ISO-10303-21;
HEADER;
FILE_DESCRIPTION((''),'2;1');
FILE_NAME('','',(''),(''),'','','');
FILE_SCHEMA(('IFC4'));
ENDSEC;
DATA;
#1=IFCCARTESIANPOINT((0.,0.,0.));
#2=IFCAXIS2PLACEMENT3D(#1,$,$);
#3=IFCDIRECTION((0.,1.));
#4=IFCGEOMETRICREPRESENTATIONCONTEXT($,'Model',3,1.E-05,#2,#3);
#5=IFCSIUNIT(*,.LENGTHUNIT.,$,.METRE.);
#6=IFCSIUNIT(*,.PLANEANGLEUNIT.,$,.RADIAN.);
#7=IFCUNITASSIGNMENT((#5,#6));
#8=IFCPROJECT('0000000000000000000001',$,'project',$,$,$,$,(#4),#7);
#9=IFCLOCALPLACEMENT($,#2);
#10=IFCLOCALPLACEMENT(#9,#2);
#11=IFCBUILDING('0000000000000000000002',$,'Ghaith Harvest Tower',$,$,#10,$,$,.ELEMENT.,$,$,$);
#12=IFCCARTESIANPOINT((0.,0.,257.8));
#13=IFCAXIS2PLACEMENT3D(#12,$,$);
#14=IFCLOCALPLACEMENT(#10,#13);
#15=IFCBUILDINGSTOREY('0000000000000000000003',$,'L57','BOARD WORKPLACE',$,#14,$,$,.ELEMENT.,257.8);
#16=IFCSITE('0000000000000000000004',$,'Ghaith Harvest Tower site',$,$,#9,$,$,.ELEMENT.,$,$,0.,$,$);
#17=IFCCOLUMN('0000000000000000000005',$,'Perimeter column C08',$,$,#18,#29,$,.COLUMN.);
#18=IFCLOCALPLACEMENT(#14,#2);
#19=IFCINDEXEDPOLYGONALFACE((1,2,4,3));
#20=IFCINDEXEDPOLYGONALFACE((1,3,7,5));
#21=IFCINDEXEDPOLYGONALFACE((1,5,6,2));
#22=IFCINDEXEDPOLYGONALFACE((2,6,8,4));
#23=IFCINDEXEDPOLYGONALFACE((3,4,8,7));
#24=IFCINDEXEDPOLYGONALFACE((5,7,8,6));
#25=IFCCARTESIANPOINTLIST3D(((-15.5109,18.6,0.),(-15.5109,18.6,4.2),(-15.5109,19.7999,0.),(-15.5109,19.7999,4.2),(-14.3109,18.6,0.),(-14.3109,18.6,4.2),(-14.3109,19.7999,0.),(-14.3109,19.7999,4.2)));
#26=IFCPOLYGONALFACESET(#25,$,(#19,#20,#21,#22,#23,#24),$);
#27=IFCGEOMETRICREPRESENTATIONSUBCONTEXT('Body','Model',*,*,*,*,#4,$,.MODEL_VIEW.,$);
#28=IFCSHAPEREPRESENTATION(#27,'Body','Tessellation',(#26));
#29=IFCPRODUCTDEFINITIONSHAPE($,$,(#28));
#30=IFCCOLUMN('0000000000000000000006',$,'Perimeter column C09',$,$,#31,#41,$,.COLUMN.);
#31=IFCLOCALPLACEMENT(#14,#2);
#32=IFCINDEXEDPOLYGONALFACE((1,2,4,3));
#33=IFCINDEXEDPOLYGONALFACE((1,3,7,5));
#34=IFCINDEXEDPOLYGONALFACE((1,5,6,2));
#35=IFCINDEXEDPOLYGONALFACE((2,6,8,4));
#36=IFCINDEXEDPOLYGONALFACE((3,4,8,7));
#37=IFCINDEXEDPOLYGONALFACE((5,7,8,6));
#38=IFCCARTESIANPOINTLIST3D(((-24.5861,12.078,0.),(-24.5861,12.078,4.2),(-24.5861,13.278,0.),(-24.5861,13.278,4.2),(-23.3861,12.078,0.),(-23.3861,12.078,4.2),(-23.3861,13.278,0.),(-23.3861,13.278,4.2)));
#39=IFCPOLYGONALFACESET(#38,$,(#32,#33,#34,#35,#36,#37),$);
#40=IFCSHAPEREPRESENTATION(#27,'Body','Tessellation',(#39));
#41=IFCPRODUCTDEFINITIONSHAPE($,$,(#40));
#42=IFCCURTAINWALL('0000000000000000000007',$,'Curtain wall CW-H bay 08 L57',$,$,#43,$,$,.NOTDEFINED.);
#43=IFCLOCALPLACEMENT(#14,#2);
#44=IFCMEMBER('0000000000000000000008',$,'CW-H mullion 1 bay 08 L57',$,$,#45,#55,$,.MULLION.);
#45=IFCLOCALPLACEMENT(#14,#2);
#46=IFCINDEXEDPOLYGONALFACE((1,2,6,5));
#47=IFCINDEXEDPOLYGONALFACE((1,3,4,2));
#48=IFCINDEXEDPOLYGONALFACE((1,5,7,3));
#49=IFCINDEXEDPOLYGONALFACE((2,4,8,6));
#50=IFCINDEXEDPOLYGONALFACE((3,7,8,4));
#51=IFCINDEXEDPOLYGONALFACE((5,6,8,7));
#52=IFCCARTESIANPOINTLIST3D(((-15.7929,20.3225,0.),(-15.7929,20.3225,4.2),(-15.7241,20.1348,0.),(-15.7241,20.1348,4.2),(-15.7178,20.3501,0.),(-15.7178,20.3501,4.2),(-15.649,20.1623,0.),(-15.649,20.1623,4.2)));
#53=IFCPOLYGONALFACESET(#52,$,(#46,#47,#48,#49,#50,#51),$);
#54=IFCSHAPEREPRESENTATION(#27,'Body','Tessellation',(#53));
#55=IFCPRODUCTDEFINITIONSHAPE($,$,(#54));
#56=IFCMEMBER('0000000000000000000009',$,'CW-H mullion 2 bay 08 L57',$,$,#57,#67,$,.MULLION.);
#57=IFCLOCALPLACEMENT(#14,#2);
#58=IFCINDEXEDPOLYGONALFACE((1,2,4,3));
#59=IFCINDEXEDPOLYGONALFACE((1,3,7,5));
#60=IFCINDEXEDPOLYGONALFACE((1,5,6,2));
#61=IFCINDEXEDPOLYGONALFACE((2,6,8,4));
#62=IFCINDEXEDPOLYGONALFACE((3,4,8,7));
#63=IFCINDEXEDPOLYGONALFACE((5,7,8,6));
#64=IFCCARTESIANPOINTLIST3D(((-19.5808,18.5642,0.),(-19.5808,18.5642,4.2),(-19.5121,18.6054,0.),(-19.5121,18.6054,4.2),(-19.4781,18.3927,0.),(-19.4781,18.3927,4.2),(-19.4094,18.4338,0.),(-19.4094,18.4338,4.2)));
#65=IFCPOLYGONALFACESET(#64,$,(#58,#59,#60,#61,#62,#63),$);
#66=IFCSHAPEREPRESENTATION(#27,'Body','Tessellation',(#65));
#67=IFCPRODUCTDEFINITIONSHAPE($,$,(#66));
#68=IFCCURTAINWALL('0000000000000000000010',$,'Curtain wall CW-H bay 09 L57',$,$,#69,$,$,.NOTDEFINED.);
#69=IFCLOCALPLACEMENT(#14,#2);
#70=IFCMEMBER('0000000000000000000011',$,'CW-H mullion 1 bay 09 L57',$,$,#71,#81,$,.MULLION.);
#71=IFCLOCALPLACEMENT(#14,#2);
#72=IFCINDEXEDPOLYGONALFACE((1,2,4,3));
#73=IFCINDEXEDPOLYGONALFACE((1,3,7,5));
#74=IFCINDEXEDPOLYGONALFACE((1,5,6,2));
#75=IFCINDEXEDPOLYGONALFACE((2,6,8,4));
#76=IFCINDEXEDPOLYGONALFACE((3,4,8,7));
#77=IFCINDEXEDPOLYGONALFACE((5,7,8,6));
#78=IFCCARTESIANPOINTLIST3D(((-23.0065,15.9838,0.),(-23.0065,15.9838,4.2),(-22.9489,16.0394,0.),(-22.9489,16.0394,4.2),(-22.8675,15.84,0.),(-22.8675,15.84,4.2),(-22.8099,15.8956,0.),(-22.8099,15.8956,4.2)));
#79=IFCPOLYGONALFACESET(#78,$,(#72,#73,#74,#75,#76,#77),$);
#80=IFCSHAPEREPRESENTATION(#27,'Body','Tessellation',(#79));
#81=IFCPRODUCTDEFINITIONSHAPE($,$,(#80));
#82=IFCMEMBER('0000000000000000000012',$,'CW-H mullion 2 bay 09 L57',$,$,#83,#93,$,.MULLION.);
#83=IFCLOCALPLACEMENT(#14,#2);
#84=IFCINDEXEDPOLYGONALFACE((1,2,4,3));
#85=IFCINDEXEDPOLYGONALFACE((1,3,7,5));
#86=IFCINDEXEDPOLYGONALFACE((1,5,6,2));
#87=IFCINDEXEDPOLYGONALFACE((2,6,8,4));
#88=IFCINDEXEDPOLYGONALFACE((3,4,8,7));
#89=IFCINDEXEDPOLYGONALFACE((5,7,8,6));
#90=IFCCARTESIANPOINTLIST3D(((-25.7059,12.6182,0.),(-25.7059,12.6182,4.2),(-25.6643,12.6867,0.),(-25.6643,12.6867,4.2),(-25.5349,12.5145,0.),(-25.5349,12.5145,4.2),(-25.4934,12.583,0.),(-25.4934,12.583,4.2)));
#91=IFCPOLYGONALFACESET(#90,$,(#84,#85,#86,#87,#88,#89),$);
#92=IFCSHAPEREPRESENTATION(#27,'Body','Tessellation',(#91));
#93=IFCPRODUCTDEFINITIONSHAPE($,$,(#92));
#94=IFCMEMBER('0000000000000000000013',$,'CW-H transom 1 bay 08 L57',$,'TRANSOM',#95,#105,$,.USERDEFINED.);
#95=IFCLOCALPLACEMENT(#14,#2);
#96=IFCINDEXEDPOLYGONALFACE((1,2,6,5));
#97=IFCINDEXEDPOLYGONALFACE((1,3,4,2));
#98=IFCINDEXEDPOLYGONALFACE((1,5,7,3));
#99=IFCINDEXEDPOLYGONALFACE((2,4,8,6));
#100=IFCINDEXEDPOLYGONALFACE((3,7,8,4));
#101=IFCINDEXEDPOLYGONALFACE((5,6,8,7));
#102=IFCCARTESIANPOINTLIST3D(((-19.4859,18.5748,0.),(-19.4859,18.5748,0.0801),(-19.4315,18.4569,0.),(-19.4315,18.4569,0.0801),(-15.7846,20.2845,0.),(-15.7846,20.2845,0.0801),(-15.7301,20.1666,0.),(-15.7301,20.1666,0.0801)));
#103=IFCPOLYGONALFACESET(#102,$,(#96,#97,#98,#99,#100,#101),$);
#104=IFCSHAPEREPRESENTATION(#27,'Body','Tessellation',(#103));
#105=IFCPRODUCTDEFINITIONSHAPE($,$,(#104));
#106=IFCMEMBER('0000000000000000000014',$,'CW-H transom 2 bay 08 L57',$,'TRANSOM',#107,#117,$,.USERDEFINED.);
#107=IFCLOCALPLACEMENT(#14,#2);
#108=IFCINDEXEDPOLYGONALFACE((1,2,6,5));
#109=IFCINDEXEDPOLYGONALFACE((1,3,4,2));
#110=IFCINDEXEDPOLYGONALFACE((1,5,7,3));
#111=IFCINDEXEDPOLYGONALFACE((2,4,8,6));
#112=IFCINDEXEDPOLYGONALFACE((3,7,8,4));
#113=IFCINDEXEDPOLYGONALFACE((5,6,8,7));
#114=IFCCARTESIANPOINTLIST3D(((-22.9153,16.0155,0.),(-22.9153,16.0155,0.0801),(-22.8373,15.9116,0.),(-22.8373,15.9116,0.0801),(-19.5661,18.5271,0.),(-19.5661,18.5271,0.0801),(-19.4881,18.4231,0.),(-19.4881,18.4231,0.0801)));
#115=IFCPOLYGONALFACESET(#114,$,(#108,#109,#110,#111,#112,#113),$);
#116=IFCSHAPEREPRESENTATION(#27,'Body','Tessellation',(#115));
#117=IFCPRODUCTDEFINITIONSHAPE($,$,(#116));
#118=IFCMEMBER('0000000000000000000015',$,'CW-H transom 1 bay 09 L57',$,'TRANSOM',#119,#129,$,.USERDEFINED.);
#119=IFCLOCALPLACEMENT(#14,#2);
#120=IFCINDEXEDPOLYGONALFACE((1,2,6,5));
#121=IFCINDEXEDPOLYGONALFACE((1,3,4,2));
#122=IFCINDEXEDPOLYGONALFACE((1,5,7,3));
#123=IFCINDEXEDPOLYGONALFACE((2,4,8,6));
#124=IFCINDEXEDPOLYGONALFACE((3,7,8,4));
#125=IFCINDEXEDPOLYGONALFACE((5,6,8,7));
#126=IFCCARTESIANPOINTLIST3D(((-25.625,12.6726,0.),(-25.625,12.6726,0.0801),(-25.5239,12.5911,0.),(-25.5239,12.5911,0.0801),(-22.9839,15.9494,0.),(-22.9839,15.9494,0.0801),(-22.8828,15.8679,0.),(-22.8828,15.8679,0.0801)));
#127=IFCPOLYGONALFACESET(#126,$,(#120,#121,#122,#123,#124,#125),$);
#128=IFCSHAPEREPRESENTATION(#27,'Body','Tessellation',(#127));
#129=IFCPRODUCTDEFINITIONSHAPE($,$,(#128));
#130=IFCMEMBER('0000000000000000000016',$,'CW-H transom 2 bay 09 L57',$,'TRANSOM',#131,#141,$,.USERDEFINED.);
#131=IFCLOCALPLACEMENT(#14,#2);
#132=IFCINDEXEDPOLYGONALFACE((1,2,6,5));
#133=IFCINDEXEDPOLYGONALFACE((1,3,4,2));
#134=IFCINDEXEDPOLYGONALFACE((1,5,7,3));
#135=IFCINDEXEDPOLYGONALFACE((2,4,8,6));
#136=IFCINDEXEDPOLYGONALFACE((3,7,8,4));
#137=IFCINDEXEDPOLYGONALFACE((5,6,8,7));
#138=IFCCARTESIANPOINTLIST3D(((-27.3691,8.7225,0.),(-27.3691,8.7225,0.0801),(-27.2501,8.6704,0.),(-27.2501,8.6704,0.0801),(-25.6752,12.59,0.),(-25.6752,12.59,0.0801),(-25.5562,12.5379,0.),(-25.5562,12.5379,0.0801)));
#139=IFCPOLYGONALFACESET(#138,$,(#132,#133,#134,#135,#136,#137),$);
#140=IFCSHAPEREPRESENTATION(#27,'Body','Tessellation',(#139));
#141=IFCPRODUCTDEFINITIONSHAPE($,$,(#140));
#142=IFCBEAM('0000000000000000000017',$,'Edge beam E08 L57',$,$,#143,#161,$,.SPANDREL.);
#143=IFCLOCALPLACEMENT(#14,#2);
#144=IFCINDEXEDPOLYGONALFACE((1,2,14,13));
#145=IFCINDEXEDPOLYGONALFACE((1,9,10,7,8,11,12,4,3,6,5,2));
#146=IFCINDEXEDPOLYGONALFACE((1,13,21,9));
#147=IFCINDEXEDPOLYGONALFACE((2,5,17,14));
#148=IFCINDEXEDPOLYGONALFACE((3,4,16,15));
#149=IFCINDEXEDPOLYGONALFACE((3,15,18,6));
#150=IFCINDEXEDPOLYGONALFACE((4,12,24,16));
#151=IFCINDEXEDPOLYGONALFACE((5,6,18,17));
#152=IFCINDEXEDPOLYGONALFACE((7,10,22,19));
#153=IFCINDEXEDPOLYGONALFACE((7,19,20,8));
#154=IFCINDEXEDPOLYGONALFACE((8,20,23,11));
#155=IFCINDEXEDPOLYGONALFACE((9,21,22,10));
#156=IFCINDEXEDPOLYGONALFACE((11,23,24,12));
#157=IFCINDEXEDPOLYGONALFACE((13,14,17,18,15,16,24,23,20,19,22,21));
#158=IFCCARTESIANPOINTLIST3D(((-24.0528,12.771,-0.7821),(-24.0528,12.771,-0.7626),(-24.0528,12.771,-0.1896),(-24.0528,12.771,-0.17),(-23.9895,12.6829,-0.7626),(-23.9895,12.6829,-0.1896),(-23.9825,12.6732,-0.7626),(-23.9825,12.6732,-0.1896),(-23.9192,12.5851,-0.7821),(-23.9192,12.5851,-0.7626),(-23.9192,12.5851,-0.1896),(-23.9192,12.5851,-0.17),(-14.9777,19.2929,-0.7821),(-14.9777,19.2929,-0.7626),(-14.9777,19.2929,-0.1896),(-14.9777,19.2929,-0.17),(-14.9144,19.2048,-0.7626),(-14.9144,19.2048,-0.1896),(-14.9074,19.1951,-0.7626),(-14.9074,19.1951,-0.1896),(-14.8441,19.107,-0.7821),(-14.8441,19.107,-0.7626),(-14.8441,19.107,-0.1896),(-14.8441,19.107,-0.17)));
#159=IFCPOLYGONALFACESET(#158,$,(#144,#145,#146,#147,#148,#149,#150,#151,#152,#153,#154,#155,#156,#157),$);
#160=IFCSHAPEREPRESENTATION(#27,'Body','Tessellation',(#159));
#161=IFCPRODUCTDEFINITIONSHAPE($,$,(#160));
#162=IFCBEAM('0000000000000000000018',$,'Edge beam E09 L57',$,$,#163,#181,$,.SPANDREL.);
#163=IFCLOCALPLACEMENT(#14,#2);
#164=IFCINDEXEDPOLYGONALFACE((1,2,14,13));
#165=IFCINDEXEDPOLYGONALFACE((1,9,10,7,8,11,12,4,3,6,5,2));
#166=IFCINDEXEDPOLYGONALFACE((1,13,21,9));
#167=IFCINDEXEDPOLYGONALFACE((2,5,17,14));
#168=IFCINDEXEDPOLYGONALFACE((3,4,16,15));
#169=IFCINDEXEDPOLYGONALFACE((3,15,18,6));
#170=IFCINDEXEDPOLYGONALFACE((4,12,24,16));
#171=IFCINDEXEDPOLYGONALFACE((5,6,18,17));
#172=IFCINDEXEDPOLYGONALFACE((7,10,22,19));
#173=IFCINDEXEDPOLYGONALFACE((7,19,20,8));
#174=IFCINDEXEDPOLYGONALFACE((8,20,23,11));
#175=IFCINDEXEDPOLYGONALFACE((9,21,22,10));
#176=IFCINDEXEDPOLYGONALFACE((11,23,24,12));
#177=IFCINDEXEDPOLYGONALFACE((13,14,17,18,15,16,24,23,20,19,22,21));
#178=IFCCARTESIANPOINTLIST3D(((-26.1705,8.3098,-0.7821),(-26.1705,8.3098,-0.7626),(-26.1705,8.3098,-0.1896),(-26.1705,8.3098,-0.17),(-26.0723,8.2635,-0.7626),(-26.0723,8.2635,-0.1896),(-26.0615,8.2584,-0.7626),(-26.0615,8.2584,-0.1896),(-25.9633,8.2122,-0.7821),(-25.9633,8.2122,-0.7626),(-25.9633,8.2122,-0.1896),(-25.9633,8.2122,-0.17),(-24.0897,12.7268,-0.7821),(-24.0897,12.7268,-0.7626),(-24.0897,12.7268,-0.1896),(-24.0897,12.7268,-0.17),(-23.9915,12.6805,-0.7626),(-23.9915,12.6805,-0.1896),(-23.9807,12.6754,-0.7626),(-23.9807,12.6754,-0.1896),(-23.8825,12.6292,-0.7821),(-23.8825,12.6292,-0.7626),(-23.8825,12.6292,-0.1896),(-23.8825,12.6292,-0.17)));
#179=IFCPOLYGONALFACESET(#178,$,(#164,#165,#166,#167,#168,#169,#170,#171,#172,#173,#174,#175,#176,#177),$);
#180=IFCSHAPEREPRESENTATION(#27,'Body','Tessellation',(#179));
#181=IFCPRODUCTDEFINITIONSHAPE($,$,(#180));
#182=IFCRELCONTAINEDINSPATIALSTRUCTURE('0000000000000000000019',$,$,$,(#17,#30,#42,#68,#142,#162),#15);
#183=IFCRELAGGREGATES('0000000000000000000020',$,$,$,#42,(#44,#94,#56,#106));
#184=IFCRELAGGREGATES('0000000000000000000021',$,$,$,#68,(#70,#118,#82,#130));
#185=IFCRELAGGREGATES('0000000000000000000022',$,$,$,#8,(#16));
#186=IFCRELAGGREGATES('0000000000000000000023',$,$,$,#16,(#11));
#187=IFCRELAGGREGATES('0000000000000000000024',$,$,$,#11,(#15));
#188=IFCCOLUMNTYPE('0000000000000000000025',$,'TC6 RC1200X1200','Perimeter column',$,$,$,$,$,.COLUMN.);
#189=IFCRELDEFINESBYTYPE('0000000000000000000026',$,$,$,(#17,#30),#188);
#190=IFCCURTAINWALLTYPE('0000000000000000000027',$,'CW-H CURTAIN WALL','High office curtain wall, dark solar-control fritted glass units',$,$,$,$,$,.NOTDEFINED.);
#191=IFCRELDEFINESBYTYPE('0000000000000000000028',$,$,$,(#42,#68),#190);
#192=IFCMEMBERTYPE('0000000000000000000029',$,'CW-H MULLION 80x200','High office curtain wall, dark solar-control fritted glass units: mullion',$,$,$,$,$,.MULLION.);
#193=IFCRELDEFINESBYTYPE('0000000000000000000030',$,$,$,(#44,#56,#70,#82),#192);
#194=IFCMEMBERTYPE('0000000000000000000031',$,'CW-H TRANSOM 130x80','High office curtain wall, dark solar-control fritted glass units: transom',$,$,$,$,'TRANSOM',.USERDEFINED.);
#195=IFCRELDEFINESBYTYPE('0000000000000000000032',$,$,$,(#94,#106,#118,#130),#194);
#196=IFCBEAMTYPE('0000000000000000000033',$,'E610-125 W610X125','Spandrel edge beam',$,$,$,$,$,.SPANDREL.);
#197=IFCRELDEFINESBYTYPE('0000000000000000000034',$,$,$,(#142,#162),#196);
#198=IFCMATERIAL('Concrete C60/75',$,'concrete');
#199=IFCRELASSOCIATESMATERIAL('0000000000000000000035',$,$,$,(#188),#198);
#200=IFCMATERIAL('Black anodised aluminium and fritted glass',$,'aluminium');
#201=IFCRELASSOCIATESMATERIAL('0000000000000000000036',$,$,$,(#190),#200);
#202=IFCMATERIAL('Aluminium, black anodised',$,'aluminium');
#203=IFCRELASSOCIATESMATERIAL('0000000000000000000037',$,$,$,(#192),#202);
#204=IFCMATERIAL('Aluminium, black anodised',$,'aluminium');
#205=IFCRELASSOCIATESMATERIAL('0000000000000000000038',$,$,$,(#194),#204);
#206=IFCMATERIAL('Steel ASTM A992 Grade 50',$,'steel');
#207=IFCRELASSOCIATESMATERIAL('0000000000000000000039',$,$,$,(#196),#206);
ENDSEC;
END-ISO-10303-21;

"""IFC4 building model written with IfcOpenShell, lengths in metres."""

from ifc_helpers import new_model, si_unit, direction, frame, origin, origin_2d, place, context, subcontext, project, spatial, rectangle, i_section, extrude, material, material_profile, profile_set, type_object, element, aggregate, save


model = new_model("IFC4")

# Units and contexts
model_context = context("Model", 3, precision=1e-05, world=origin(), true_north=direction((0.0, 1.0)))
body_context = subcontext(model_context, "Body", "Model", "MODEL_VIEW")
ifc_project = project(units=[si_unit("LENGTHUNIT", "METRE"), si_unit("PLANEANGLEUNIT", "RADIAN")], contexts=[model_context])

# Site, building, storey
site_placement = place(None, origin())
site = spatial("IfcSite", under=ifc_project, at=site_placement, Name="Ghaith Harvest Tower site", CompositionType="ELEMENT", RefElevation=0.0)
building_placement = place(site_placement, origin())
building = spatial("IfcBuilding", under=site, at=building_placement, Name="Ghaith Harvest Tower", CompositionType="ELEMENT")
storey_placement = place(building_placement, frame((0.0, 0.0, 257.8)))
storey = spatial("IfcBuildingStorey", under=building, at=storey_placement, Name="L57", Description="BOARD WORKPLACE", CompositionType="ELEMENT", Elevation=257.8)

# Columns
ifc_material_1 = material(Name="Concrete C60/75", Category="concrete")
ifc_material_profile_1 = material_profile(ifc_material_1, rectangle(XDim=1.2, YDim=1.2, at=origin_2d()), Name="RC1200X1200")
ifc_profile_set_1 = profile_set([ifc_material_profile_1], Name="Concrete C60/75")
column_type = type_object("IfcColumnType", Name="TC6 RC1200X1200", Description="Perimeter column", PredefinedType="COLUMN", material=ifc_profile_set_1)
for number, where, z_axis, x_axis, name in (
    (1, (-14.9109, 19.2, 0.0), (0.0, 0.0, 1.0), (1.0, 0.0, 0.0), "Perimeter column C08"),
    (2, (-23.9861, 12.678, 0.0), (0.0, 0.0, 1.0), (1.0, 0.0, 0.0), "Perimeter column C09"),
):
    element("IfcColumn", number, at=place(storey_placement, frame(where, z_axis=z_axis, x_axis=x_axis)), inside=storey, type_object=column_type, Name=name, PredefinedType="COLUMN", context=body_context, shape_type="SweptSolid", body=[
        extrude(rectangle(XDim=1.2, YDim=1.2, at=origin_2d()), origin(), (0.0, 0.0, 1.0), 4.2),
    ])

# Curtain walls, members
ifc_material_2 = material(Name="Black anodised aluminium and fritted glass", Category="aluminium")
curtain_wall_type = type_object("IfcCurtainWallType", Name="CW-H CURTAIN WALL", Description="High office curtain wall, dark solar-control fritted glass units", PredefinedType="NOTDEFINED", material=ifc_material_2)
curtain_wall_1_placement = place(storey_placement, origin())
curtain_wall_1 = element("IfcCurtainWall", 3, at=curtain_wall_1_placement, inside=storey, type_object=curtain_wall_type, Name="Curtain wall CW-H bay 08 L57", PredefinedType="NOTDEFINED")
ifc_material_3 = material(Name="Aluminium, black anodised", Category="aluminium")
ifc_material_profile_2 = material_profile(ifc_material_3, rectangle(XDim=0.0801, YDim=0.2, at=origin_2d()), Name="CW-H MULLION 80x200")
ifc_profile_set_2 = profile_set([ifc_material_profile_2], Name="Aluminium, black anodised")
member_type_1 = type_object("IfcMemberType", Name="CW-H MULLION 80x200", Description="High office curtain wall, dark solar-control fritted glass units: mullion", PredefinedType="MULLION", material=ifc_profile_set_2)
member_1_placement = place(storey_placement, frame((-15.7209, 20.2424, 0.0), z_axis=(0.0, 0.0, 1.0), x_axis=(-0.938931, -0.344106, 0.0)))
member_1 = element("IfcMember", 4, at=member_1_placement, type_object=member_type_1, Name="CW-H mullion 1 bay 08 L57", PredefinedType="MULLION", context=body_context, shape_type="SweptSolid", body=[
    extrude(rectangle(XDim=0.0801, YDim=0.2, at=origin_2d()), origin(), (0.0, 0.0, 1.0), 4.2),
])
member_2_placement = place(storey_placement, frame((-19.4951, 18.499, 0.0), z_axis=(0.0, 0.0, 1.0), x_axis=(-0.857999, -0.513652, 0.0)))
member_2 = element("IfcMember", 5, at=member_2_placement, type_object=member_type_1, Name="CW-H mullion 2 bay 08 L57", PredefinedType="MULLION", context=body_context, shape_type="SweptSolid", body=[
    extrude(rectangle(XDim=0.0801, YDim=0.2, at=origin_2d()), origin(), (0.0, 0.0, 1.0), 4.2),
])
curtain_wall_2_placement = place(storey_placement, origin())
curtain_wall_2 = element("IfcCurtainWall", 6, at=curtain_wall_2_placement, inside=storey, type_object=curtain_wall_type, Name="Curtain wall CW-H bay 09 L57", PredefinedType="NOTDEFINED")
member_3_placement = place(storey_placement, frame((-22.9082, 15.9397, 0.0), z_axis=(0.0, 0.0, 1.0), x_axis=(-0.719146, -0.694859, 0.0)))
member_3 = element("IfcMember", 7, at=member_3_placement, type_object=member_type_1, Name="CW-H mullion 1 bay 09 L57", PredefinedType="MULLION", context=body_context, shape_type="SweptSolid", body=[
    extrude(rectangle(XDim=0.0801, YDim=0.2, at=origin_2d()), origin(), (0.0, 0.0, 1.0), 4.2),
])
member_4_placement = place(storey_placement, frame((-25.5996, 12.6006, 0.0), z_axis=(0.0, 0.0, 1.0), x_axis=(-0.518769, -0.854914, 0.0)))
member_4 = element("IfcMember", 8, at=member_4_placement, type_object=member_type_1, Name="CW-H mullion 2 bay 09 L57", PredefinedType="MULLION", context=body_context, shape_type="SweptSolid", body=[
    extrude(rectangle(XDim=0.0801, YDim=0.2, at=origin_2d()), origin(), (0.0, 0.0, 1.0), 4.2),
])

# Members
ifc_material_4 = material(Name="Aluminium, black anodised", Category="aluminium")
ifc_material_profile_3 = material_profile(ifc_material_4, rectangle(XDim=0.1299, YDim=0.0801, at=origin_2d()), Name="CW-H TRANSOM 130x80")
ifc_profile_set_3 = profile_set([ifc_material_profile_3], Name="Aluminium, black anodised")
member_type_2 = type_object("IfcMemberType", Name="CW-H TRANSOM 130x80", Description="High office curtain wall, dark solar-control fritted glass units: transom", ElementType="TRANSOM", PredefinedType="USERDEFINED", material=ifc_profile_set_3)
member_5_placement = place(storey_placement, frame((-15.7573, 20.2256, 0.04), z_axis=(-0.907831, -0.419335, 0.0), x_axis=(0.419335, -0.907831, 0.0)))
member_5 = element("IfcMember", 9, at=member_5_placement, type_object=member_type_2, Name="CW-H transom 1 bay 08 L57", ObjectType="TRANSOM", PredefinedType="USERDEFINED", context=body_context, shape_type="SweptSolid", body=[
    extrude(rectangle(XDim=0.1299, YDim=0.0801, at=origin_2d()), origin(), (0.0, 0.0, 1.0), 4.0771),
])
member_6_placement = place(storey_placement, frame((-19.5271, 18.4751, 0.04), z_axis=(-0.800042, -0.599944, 0.0), x_axis=(0.599944, -0.800042, 0.0)))
member_6 = element("IfcMember", 10, at=member_6_placement, type_object=member_type_2, Name="CW-H transom 2 bay 08 L57", ObjectType="TRANSOM", PredefinedType="USERDEFINED", context=body_context, shape_type="SweptSolid", body=[
    extrude(rectangle(XDim=0.1299, YDim=0.0801, at=origin_2d()), origin(), (0.0, 0.0, 1.0), 4.1863),
])
member_7_placement = place(storey_placement, frame((-22.9333, 15.9087, 0.04), z_axis=(-0.627535, -0.778589, 0.0), x_axis=(0.778589, -0.627535, 0.0)))
member_7 = element("IfcMember", 11, at=member_7_placement, type_object=member_type_2, Name="CW-H transom 1 bay 09 L57", ObjectType="TRANSOM", PredefinedType="USERDEFINED", context=body_context, shape_type="SweptSolid", body=[
    extrude(rectangle(XDim=0.1299, YDim=0.0801, at=origin_2d()), origin(), (0.0, 0.0, 1.0), 4.2087),
])
member_8_placement = place(storey_placement, frame((-25.6157, 12.564, 0.04), z_axis=(-0.401186, -0.915997, 0.0), x_axis=(0.915997, -0.401186, 0.0)))
member_8 = element("IfcMember", 12, at=member_8_placement, type_object=member_type_2, Name="CW-H transom 2 bay 09 L57", ObjectType="TRANSOM", PredefinedType="USERDEFINED", context=body_context, shape_type="SweptSolid", body=[
    extrude(rectangle(XDim=0.1299, YDim=0.0801, at=origin_2d()), origin(), (0.0, 0.0, 1.0), 4.2222),
])

# Beams
ifc_material_5 = material(Name="Steel ASTM A992 Grade 50", Category="steel")
ifc_material_profile_4 = material_profile(ifc_material_5, i_section(OverallWidth=0.229, OverallDepth=0.6121, WebThickness=0.012, FlangeThickness=0.0195, at=origin_2d()), Name="W610X125")
ifc_profile_set_4 = profile_set([ifc_material_profile_4], Name="Steel ASTM A992 Grade 50")
beam_type = type_object("IfcBeamType", Name="E610-125 W610X125", Description="Spandrel edge beam", PredefinedType="SPANDREL", material=ifc_profile_set_4)
beam_1_placement = place(storey_placement, frame((-14.9109, 19.2, -0.4761), z_axis=(-0.81205, -0.583587, 0.0), x_axis=(0.583587, -0.81205, 0.0)))
element("IfcBeam", 13, at=beam_1_placement, inside=storey, type_object=beam_type, Name="Edge beam E08 L57", PredefinedType="SPANDREL", context=body_context, shape_type="SweptSolid", body=[
    extrude(i_section(OverallWidth=0.229, OverallDepth=0.6121, WebThickness=0.012, FlangeThickness=0.0195, at=origin_2d()), origin(), (0.0, 0.0, 1.0), 11.1755),
])
beam_2_placement = place(storey_placement, frame((-23.9861, 12.678, -0.4761), z_axis=(-0.42617, -0.904643, 0.0), x_axis=(0.904643, -0.42617, 0.0)))
element("IfcBeam", 14, at=beam_2_placement, inside=storey, type_object=beam_type, Name="Edge beam E09 L57", PredefinedType="SPANDREL", context=body_context, shape_type="SweptSolid", body=[
    extrude(i_section(OverallWidth=0.229, OverallDepth=0.6121, WebThickness=0.012, FlangeThickness=0.0195, at=origin_2d()), origin(), (0.0, 0.0, 1.0), 4.8826),
])

aggregate(curtain_wall_1, [member_1, member_5, member_2, member_6])
aggregate(curtain_wall_2, [member_3, member_7, member_4, member_8])

save(model, "model.ifc")
